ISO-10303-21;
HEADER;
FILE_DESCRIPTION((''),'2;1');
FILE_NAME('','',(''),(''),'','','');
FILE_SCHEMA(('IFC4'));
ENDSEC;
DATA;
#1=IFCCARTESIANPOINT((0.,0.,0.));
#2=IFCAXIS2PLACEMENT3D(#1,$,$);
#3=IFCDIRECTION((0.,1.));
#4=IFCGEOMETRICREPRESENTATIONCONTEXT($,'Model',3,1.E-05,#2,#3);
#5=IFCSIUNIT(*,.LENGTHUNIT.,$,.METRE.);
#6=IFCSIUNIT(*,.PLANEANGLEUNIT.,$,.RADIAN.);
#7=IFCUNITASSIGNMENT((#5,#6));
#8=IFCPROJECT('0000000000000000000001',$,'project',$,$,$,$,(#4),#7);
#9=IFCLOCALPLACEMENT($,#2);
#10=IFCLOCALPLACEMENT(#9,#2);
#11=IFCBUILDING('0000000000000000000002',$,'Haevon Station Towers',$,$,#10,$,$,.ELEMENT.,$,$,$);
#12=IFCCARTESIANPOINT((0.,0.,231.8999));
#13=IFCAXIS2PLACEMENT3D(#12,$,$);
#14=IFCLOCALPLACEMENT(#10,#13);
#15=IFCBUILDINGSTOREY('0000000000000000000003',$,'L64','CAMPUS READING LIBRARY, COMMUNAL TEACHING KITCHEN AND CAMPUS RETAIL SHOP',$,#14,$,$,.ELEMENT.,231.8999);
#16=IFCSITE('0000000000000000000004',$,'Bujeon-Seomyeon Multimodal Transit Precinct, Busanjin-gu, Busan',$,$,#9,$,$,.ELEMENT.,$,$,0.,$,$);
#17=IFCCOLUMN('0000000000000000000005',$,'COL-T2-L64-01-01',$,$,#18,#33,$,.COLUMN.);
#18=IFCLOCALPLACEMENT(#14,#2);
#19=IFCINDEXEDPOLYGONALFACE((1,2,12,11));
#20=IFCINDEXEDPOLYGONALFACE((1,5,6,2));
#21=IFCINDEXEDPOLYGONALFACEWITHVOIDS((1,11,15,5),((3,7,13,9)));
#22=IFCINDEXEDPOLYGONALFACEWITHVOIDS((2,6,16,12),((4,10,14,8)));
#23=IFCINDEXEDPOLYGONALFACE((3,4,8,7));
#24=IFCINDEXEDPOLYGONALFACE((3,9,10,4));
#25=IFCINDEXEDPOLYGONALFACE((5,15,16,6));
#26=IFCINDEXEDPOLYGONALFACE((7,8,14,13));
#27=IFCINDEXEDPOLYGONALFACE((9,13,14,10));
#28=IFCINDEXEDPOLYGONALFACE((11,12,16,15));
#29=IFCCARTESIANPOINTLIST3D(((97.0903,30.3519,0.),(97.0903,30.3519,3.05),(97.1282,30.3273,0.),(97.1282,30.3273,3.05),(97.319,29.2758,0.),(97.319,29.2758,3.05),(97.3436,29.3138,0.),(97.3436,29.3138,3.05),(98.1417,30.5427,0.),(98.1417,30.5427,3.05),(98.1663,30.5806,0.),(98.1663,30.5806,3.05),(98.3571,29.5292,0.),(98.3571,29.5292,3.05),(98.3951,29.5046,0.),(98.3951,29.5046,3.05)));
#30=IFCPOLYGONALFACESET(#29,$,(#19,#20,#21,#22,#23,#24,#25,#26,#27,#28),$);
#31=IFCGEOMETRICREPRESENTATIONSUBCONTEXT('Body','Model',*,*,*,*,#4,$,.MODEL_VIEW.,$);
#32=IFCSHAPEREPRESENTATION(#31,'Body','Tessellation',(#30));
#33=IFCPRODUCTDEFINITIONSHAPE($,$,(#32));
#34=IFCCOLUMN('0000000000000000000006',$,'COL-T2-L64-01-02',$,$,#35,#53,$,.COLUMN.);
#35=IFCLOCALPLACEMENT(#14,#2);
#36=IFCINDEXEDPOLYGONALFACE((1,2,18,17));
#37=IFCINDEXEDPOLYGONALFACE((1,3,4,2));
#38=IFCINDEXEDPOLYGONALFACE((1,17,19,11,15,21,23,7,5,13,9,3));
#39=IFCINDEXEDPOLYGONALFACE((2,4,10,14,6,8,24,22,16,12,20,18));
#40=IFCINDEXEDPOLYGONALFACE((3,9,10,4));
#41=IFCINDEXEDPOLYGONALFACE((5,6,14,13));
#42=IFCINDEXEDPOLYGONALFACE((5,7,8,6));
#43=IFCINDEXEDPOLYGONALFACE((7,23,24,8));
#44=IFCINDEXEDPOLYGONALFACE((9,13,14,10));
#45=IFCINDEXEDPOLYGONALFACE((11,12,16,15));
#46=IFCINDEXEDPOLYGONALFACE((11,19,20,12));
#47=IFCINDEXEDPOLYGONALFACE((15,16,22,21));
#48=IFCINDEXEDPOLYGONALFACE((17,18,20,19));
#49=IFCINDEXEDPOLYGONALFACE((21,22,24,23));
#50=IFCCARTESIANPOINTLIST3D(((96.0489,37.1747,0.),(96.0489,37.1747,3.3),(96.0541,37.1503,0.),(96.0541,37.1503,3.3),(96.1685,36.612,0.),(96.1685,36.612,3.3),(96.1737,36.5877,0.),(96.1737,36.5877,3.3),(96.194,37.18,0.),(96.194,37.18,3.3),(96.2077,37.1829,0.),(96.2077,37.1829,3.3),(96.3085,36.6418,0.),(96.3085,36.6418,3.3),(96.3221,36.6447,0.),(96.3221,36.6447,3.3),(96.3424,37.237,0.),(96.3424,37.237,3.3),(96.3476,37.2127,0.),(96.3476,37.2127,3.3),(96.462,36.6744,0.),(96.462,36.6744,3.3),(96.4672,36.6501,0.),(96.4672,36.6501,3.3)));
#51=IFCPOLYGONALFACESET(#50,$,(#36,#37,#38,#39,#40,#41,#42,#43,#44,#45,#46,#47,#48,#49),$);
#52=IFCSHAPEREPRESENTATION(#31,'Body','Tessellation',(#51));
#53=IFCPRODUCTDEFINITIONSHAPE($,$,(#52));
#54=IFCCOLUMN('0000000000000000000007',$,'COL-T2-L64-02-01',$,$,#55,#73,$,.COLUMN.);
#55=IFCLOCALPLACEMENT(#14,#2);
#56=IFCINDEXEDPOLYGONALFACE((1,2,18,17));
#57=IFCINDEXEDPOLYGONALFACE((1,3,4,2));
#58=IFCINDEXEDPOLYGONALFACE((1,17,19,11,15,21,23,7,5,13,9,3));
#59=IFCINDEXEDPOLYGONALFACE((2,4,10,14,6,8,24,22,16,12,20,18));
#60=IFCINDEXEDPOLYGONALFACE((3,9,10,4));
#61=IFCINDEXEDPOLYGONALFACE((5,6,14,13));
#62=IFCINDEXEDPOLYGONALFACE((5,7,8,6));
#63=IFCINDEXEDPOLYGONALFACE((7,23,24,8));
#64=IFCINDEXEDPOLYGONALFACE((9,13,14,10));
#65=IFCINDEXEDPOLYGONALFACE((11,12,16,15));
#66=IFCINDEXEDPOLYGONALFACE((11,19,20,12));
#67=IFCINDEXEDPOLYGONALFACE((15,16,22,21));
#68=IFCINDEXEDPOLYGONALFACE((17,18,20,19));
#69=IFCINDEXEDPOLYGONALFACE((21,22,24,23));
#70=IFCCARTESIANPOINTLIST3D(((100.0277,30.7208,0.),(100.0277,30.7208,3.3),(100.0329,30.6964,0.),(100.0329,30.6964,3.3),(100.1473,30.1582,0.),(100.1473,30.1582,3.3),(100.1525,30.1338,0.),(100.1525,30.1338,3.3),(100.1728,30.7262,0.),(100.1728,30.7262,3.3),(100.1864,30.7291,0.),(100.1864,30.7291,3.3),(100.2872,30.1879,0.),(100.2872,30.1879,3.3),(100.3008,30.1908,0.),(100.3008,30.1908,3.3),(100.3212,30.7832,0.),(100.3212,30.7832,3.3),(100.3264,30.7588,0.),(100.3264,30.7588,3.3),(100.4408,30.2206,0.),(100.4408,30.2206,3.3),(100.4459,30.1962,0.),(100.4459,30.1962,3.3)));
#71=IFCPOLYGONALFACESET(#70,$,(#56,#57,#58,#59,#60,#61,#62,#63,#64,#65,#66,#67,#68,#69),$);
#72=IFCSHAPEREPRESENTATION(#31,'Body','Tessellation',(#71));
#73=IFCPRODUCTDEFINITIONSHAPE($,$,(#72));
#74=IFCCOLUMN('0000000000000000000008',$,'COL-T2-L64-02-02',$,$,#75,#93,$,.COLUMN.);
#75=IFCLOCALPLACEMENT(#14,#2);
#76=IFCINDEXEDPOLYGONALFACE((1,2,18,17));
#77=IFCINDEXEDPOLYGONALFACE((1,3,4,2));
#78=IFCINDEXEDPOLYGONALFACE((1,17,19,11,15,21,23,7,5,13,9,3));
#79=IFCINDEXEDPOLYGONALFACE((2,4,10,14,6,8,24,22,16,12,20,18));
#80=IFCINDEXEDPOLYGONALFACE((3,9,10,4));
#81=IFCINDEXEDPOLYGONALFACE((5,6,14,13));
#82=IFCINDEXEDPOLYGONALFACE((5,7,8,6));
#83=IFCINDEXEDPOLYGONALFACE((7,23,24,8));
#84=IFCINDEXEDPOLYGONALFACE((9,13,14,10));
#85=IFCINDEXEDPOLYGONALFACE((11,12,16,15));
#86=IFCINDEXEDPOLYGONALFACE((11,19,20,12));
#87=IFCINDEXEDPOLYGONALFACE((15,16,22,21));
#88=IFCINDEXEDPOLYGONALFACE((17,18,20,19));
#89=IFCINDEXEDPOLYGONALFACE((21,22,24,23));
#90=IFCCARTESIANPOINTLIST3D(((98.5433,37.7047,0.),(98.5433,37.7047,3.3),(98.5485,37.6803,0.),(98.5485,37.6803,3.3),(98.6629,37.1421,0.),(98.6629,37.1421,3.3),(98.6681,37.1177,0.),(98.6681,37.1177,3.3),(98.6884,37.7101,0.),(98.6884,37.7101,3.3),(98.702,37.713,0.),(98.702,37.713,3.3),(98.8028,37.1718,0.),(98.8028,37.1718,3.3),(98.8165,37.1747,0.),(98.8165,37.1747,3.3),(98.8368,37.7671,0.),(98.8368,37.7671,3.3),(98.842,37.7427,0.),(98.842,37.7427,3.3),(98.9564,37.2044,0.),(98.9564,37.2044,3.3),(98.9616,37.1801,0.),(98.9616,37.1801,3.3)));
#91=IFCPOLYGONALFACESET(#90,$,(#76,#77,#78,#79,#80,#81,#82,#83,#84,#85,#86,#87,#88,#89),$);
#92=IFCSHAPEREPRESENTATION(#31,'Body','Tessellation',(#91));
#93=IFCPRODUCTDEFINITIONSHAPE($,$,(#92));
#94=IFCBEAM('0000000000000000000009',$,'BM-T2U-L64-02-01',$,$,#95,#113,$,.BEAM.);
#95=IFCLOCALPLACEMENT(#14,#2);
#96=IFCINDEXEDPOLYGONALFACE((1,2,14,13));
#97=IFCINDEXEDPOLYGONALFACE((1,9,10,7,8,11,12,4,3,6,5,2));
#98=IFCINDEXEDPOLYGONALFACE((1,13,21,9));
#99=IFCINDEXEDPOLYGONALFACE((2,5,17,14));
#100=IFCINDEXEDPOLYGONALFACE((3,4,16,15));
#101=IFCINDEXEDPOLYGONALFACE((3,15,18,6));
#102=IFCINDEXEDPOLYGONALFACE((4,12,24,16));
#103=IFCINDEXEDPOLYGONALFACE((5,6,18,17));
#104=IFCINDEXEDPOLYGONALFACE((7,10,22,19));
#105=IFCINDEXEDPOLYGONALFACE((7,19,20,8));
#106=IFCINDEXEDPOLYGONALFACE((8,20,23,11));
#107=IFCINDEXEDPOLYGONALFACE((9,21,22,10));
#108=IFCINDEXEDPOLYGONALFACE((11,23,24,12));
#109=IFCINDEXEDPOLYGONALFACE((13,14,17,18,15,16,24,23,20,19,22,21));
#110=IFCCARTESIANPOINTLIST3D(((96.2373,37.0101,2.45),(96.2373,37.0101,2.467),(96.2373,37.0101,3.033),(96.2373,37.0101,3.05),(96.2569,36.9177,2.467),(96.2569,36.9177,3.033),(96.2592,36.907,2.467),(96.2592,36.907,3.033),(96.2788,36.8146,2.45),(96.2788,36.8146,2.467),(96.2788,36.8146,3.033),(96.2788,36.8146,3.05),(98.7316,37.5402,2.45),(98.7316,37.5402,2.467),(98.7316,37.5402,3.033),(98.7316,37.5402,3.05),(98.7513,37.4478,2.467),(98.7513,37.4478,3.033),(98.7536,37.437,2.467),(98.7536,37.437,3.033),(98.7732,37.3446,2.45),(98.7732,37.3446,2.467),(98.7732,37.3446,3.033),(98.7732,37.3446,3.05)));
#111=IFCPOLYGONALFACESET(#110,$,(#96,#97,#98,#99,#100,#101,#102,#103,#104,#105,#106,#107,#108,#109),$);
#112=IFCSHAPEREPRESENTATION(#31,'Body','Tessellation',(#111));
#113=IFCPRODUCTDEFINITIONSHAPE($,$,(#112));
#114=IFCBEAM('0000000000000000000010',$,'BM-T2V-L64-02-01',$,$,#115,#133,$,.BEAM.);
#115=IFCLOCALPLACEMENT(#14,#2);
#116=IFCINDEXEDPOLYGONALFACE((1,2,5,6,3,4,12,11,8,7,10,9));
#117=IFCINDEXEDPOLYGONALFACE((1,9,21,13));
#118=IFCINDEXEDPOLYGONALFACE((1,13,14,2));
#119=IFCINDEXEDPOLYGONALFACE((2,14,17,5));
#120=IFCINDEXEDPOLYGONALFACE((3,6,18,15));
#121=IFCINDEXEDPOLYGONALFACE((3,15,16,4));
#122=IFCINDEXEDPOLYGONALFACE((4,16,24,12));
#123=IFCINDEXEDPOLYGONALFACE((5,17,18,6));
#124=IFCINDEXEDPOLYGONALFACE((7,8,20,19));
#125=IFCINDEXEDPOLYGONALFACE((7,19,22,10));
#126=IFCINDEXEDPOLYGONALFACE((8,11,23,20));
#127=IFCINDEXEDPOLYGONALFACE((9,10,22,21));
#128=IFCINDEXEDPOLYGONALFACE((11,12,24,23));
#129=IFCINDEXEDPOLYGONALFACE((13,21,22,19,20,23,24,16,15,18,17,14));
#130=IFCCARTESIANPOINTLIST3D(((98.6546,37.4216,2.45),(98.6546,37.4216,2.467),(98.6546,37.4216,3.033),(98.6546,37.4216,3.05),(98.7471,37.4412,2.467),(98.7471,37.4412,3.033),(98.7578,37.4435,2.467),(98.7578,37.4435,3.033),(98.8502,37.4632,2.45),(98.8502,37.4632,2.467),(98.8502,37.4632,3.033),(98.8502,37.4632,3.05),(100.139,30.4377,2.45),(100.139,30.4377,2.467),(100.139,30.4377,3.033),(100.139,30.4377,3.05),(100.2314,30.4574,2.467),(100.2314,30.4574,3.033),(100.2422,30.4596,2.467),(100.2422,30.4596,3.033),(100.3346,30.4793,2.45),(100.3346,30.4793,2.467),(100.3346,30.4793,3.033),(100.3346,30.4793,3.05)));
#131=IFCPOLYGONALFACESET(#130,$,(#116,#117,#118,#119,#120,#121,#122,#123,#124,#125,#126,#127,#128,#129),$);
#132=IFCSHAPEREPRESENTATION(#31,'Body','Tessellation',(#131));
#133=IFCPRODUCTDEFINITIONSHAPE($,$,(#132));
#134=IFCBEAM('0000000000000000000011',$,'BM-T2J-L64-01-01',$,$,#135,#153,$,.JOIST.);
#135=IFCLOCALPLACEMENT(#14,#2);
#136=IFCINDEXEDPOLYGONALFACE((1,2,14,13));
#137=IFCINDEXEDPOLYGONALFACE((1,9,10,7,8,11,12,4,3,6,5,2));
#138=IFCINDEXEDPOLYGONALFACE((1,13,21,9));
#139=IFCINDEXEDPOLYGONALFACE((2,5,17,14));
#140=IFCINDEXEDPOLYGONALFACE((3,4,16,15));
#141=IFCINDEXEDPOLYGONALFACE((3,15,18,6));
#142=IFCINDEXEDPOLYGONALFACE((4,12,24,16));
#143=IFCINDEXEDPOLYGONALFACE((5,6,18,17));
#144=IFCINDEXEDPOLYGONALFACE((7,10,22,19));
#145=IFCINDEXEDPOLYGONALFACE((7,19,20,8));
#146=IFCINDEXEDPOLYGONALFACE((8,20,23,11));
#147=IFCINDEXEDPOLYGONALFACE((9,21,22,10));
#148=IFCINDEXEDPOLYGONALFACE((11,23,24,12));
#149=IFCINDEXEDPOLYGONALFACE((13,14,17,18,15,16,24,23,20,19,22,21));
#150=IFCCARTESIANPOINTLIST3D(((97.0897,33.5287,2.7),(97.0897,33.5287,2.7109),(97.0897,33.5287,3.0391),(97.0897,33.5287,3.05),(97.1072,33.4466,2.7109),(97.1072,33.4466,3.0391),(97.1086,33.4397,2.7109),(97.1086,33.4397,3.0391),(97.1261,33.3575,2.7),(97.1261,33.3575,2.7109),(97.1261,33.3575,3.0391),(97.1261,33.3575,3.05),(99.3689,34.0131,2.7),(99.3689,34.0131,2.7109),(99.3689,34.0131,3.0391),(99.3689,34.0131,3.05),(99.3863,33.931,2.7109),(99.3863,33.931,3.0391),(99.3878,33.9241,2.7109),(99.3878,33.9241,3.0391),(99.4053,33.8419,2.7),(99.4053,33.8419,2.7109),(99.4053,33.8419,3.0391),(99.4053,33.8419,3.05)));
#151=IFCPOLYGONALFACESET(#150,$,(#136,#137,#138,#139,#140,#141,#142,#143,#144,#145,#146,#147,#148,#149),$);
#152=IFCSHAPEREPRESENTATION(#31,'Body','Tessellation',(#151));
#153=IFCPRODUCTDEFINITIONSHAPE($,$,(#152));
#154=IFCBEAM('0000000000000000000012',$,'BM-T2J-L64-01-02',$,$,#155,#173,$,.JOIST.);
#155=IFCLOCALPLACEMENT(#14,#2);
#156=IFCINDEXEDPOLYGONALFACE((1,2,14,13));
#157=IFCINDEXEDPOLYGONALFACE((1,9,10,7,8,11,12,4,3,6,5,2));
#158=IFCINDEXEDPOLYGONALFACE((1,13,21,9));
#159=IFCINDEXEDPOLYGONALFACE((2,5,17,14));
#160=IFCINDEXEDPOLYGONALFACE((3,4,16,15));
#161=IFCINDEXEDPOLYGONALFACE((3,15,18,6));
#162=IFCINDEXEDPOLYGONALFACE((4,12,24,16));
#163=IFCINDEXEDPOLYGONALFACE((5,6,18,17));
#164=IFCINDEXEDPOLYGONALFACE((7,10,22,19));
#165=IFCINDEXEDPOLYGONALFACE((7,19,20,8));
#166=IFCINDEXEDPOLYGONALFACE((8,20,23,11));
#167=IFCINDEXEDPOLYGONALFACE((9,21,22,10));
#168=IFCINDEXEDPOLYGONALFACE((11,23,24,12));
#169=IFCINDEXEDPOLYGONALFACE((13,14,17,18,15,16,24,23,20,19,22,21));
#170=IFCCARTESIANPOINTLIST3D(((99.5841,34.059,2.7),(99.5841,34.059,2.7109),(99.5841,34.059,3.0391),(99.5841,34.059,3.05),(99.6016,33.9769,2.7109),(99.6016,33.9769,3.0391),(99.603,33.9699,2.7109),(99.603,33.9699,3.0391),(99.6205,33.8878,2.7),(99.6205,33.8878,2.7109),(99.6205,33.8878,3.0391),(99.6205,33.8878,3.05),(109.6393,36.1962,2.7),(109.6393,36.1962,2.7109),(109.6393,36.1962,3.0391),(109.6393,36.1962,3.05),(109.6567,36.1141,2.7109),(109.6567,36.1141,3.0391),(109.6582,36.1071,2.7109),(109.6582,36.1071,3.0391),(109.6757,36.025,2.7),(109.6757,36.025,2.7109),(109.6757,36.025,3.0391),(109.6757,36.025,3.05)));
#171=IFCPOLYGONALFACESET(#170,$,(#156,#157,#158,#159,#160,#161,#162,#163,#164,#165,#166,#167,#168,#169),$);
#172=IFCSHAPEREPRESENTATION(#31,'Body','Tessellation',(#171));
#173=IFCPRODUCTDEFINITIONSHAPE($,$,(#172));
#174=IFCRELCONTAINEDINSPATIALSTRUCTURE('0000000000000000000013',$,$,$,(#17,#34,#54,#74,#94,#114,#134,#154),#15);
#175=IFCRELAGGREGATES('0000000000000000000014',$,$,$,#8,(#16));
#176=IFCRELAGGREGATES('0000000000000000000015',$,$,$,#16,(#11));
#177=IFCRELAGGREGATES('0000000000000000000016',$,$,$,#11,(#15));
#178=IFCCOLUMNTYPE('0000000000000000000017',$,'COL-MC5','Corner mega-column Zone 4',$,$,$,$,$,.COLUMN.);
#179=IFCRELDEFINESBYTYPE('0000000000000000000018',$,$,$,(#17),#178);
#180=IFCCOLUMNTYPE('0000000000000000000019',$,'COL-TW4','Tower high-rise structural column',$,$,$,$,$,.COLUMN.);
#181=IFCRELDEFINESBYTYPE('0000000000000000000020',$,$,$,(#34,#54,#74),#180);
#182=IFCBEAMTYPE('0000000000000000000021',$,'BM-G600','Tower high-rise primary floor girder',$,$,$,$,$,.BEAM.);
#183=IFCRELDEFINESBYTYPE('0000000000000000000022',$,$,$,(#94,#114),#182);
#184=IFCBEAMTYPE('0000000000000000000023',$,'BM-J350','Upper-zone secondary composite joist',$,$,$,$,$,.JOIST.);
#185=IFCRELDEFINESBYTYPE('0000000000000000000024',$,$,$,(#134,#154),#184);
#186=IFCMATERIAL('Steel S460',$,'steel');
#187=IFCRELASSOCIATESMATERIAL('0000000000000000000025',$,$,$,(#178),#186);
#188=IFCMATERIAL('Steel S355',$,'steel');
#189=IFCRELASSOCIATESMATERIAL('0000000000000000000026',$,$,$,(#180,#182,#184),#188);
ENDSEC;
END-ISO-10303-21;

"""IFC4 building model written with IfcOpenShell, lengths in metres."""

from ifc_helpers import new_model, si_unit, direction, frame, origin, origin_2d, place, context, subcontext, project, spatial, hollow_rectangle, i_section, extrude, material, material_profile, profile_set, type_object, element, save


model = new_model("IFC4")

# Units and contexts
model_context = context("Model", 3, precision=1e-05, world=origin(), true_north=direction((0.0, 1.0)))
body_context = subcontext(model_context, "Body", "Model", "MODEL_VIEW")
ifc_project = project(units=[si_unit("LENGTHUNIT", "METRE"), si_unit("PLANEANGLEUNIT", "RADIAN")], contexts=[model_context])

# Site, building, storey
site_placement = place(None, origin())
site = spatial("IfcSite", under=ifc_project, at=site_placement, Name="Bujeon-Seomyeon Multimodal Transit Precinct, Busanjin-gu, Busan", CompositionType="ELEMENT", RefElevation=0.0)
building_placement = place(site_placement, origin())
building = spatial("IfcBuilding", under=site, at=building_placement, Name="Haevon Station Towers", CompositionType="ELEMENT")
storey_placement = place(building_placement, frame((0.0, 0.0, 231.8999)))
storey = spatial("IfcBuildingStorey", under=building, at=storey_placement, Name="L64", Description="CAMPUS READING LIBRARY, COMMUNAL TEACHING KITCHEN AND CAMPUS RETAIL SHOP", CompositionType="ELEMENT", Elevation=231.8999)

# Columns
ifc_material_1 = material(Name="Steel S460", Category="steel")
ifc_material_profile_1 = material_profile(ifc_material_1, hollow_rectangle(XDim=1.1001, YDim=1.1001, WallThickness=0.032, at=origin_2d()), Name="BOX-1100x1100x32")
ifc_profile_set_1 = profile_set([ifc_material_profile_1], Name="Steel S460")
column_type_1 = type_object("IfcColumnType", Name="COL-MC5", Description="Corner mega-column Zone 4", PredefinedType="COLUMN", material=ifc_profile_set_1)
column_placement = place(storey_placement, frame((97.7427, 29.9282, 0.0), z_axis=(0.0, 0.0, 1.0), x_axis=(0.978148, 0.207912, 0.0)))
element("IfcColumn", 1, at=column_placement, inside=storey, type_object=column_type_1, Name="COL-T2-L64-01-01", PredefinedType="COLUMN", context=body_context, shape_type="SweptSolid", body=[
    extrude(hollow_rectangle(XDim=1.1001, YDim=1.1001, WallThickness=0.032, at=origin_2d()), origin(), (0.0, 0.0, 1.0), 3.05),
])
ifc_material_2 = material(Name="Steel S355", Category="steel")
ifc_material_profile_2 = material_profile(ifc_material_2, i_section(OverallWidth=0.3, OverallDepth=0.6001, WebThickness=0.0139, FlangeThickness=0.0249, at=origin_2d()), Name="H-600x300x14x25")
ifc_profile_set_2 = profile_set([ifc_material_profile_2], Name="Steel S355")
column_type_2 = type_object("IfcColumnType", Name="COL-TW4", Description="Tower high-rise structural column", PredefinedType="COLUMN", material=ifc_profile_set_2)
for number, where, z_axis, x_axis, name in (
    (2, (96.2581, 36.9124, 0.0), (0.0, 0.0, 1.0), (0.978148, 0.207912, 0.0), "COL-T2-L64-01-02"),
    (3, (100.2368, 30.4585, 0.0), (0.0, 0.0, 1.0), (0.978148, 0.207912, 0.0), "COL-T2-L64-02-01"),
    (4, (98.7524, 37.4424, 0.0), (0.0, 0.0, 1.0), (0.978148, 0.207912, 0.0), "COL-T2-L64-02-02"),
):
    element("IfcColumn", number, at=place(storey_placement, frame(where, z_axis=z_axis, x_axis=x_axis)), inside=storey, type_object=column_type_2, Name=name, PredefinedType="COLUMN", context=body_context, shape_type="SweptSolid", body=[
        extrude(i_section(OverallWidth=0.3, OverallDepth=0.6001, WebThickness=0.0139, FlangeThickness=0.0249, at=origin_2d()), origin(), (0.0, 0.0, 1.0), 3.3),
    ])

# Beams
ifc_material_profile_3 = material_profile(ifc_material_2, i_section(OverallWidth=0.2, OverallDepth=0.6001, WebThickness=0.011, FlangeThickness=0.0171, at=origin_2d()), Name="H-600x200x11x17")
ifc_profile_set_3 = profile_set([ifc_material_profile_3], Name="Steel S355")
beam_type_1 = type_object("IfcBeamType", Name="BM-G600", Description="Tower high-rise primary floor girder", PredefinedType="BEAM", material=ifc_profile_set_3)
beam_1_placement = place(storey_placement, frame((96.2581, 36.9124, 2.75), z_axis=(0.978161, 0.207848, 0.0), x_axis=(-0.207848, 0.978161, 0.0)))
element("IfcBeam", 5, at=beam_1_placement, inside=storey, type_object=beam_type_1, Name="BM-T2U-L64-02-01", PredefinedType="BEAM", context=body_context, shape_type="SweptSolid", body=[
    extrude(i_section(OverallWidth=0.2, OverallDepth=0.6001, WebThickness=0.011, FlangeThickness=0.0171, at=origin_2d()), origin(), (0.0, 0.0, 1.0), 2.55),
])
beam_2_placement = place(storey_placement, frame((100.2368, 30.4585, 2.75), z_axis=(-0.207899, 0.97815, 0.0), x_axis=(-0.97815, -0.207899, 0.0)))
element("IfcBeam", 6, at=beam_2_placement, inside=storey, type_object=beam_type_1, Name="BM-T2V-L64-02-01", PredefinedType="BEAM", context=body_context, shape_type="SweptSolid", body=[
    extrude(i_section(OverallWidth=0.2, OverallDepth=0.6001, WebThickness=0.011, FlangeThickness=0.0171, at=origin_2d()), origin(), (0.0, 0.0, 1.0), 7.1399),
])
ifc_material_profile_4 = material_profile(ifc_material_2, i_section(OverallWidth=0.175, OverallDepth=0.3501, WebThickness=0.0071, FlangeThickness=0.011, at=origin_2d()), Name="H-350x175x7x11")
ifc_profile_set_4 = profile_set([ifc_material_profile_4], Name="Steel S355")
beam_type_2 = type_object("IfcBeamType", Name="BM-J350", Description="Upper-zone secondary composite joist", PredefinedType="JOIST", material=ifc_profile_set_4)
beam_3_placement = place(storey_placement, frame((97.1079, 33.4431, 2.875), z_axis=(0.978152, 0.20789, 0.0), x_axis=(-0.20789, 0.978152, 0.0)))
element("IfcBeam", 7, at=beam_3_placement, inside=storey, type_object=beam_type_2, Name="BM-T2J-L64-01-01", PredefinedType="JOIST", context=body_context, shape_type="SweptSolid", body=[
    extrude(i_section(OverallWidth=0.175, OverallDepth=0.3501, WebThickness=0.0071, FlangeThickness=0.011, at=origin_2d()), origin(), (0.0, 0.0, 1.0), 2.3301),
])
beam_4_placement = place(storey_placement, frame((99.6023, 33.9734, 2.875), z_axis=(0.978149, 0.207904, 0.0), x_axis=(-0.207904, 0.978149, 0.0)))
element("IfcBeam", 8, at=beam_4_placement, inside=storey, type_object=beam_type_2, Name="BM-T2J-L64-01-02", PredefinedType="JOIST", context=body_context, shape_type="SweptSolid", body=[
    extrude(i_section(OverallWidth=0.175, OverallDepth=0.3501, WebThickness=0.0071, FlangeThickness=0.011, at=origin_2d()), origin(), (0.0, 0.0, 1.0), 10.2798),
])

save(model, "model.ifc")
